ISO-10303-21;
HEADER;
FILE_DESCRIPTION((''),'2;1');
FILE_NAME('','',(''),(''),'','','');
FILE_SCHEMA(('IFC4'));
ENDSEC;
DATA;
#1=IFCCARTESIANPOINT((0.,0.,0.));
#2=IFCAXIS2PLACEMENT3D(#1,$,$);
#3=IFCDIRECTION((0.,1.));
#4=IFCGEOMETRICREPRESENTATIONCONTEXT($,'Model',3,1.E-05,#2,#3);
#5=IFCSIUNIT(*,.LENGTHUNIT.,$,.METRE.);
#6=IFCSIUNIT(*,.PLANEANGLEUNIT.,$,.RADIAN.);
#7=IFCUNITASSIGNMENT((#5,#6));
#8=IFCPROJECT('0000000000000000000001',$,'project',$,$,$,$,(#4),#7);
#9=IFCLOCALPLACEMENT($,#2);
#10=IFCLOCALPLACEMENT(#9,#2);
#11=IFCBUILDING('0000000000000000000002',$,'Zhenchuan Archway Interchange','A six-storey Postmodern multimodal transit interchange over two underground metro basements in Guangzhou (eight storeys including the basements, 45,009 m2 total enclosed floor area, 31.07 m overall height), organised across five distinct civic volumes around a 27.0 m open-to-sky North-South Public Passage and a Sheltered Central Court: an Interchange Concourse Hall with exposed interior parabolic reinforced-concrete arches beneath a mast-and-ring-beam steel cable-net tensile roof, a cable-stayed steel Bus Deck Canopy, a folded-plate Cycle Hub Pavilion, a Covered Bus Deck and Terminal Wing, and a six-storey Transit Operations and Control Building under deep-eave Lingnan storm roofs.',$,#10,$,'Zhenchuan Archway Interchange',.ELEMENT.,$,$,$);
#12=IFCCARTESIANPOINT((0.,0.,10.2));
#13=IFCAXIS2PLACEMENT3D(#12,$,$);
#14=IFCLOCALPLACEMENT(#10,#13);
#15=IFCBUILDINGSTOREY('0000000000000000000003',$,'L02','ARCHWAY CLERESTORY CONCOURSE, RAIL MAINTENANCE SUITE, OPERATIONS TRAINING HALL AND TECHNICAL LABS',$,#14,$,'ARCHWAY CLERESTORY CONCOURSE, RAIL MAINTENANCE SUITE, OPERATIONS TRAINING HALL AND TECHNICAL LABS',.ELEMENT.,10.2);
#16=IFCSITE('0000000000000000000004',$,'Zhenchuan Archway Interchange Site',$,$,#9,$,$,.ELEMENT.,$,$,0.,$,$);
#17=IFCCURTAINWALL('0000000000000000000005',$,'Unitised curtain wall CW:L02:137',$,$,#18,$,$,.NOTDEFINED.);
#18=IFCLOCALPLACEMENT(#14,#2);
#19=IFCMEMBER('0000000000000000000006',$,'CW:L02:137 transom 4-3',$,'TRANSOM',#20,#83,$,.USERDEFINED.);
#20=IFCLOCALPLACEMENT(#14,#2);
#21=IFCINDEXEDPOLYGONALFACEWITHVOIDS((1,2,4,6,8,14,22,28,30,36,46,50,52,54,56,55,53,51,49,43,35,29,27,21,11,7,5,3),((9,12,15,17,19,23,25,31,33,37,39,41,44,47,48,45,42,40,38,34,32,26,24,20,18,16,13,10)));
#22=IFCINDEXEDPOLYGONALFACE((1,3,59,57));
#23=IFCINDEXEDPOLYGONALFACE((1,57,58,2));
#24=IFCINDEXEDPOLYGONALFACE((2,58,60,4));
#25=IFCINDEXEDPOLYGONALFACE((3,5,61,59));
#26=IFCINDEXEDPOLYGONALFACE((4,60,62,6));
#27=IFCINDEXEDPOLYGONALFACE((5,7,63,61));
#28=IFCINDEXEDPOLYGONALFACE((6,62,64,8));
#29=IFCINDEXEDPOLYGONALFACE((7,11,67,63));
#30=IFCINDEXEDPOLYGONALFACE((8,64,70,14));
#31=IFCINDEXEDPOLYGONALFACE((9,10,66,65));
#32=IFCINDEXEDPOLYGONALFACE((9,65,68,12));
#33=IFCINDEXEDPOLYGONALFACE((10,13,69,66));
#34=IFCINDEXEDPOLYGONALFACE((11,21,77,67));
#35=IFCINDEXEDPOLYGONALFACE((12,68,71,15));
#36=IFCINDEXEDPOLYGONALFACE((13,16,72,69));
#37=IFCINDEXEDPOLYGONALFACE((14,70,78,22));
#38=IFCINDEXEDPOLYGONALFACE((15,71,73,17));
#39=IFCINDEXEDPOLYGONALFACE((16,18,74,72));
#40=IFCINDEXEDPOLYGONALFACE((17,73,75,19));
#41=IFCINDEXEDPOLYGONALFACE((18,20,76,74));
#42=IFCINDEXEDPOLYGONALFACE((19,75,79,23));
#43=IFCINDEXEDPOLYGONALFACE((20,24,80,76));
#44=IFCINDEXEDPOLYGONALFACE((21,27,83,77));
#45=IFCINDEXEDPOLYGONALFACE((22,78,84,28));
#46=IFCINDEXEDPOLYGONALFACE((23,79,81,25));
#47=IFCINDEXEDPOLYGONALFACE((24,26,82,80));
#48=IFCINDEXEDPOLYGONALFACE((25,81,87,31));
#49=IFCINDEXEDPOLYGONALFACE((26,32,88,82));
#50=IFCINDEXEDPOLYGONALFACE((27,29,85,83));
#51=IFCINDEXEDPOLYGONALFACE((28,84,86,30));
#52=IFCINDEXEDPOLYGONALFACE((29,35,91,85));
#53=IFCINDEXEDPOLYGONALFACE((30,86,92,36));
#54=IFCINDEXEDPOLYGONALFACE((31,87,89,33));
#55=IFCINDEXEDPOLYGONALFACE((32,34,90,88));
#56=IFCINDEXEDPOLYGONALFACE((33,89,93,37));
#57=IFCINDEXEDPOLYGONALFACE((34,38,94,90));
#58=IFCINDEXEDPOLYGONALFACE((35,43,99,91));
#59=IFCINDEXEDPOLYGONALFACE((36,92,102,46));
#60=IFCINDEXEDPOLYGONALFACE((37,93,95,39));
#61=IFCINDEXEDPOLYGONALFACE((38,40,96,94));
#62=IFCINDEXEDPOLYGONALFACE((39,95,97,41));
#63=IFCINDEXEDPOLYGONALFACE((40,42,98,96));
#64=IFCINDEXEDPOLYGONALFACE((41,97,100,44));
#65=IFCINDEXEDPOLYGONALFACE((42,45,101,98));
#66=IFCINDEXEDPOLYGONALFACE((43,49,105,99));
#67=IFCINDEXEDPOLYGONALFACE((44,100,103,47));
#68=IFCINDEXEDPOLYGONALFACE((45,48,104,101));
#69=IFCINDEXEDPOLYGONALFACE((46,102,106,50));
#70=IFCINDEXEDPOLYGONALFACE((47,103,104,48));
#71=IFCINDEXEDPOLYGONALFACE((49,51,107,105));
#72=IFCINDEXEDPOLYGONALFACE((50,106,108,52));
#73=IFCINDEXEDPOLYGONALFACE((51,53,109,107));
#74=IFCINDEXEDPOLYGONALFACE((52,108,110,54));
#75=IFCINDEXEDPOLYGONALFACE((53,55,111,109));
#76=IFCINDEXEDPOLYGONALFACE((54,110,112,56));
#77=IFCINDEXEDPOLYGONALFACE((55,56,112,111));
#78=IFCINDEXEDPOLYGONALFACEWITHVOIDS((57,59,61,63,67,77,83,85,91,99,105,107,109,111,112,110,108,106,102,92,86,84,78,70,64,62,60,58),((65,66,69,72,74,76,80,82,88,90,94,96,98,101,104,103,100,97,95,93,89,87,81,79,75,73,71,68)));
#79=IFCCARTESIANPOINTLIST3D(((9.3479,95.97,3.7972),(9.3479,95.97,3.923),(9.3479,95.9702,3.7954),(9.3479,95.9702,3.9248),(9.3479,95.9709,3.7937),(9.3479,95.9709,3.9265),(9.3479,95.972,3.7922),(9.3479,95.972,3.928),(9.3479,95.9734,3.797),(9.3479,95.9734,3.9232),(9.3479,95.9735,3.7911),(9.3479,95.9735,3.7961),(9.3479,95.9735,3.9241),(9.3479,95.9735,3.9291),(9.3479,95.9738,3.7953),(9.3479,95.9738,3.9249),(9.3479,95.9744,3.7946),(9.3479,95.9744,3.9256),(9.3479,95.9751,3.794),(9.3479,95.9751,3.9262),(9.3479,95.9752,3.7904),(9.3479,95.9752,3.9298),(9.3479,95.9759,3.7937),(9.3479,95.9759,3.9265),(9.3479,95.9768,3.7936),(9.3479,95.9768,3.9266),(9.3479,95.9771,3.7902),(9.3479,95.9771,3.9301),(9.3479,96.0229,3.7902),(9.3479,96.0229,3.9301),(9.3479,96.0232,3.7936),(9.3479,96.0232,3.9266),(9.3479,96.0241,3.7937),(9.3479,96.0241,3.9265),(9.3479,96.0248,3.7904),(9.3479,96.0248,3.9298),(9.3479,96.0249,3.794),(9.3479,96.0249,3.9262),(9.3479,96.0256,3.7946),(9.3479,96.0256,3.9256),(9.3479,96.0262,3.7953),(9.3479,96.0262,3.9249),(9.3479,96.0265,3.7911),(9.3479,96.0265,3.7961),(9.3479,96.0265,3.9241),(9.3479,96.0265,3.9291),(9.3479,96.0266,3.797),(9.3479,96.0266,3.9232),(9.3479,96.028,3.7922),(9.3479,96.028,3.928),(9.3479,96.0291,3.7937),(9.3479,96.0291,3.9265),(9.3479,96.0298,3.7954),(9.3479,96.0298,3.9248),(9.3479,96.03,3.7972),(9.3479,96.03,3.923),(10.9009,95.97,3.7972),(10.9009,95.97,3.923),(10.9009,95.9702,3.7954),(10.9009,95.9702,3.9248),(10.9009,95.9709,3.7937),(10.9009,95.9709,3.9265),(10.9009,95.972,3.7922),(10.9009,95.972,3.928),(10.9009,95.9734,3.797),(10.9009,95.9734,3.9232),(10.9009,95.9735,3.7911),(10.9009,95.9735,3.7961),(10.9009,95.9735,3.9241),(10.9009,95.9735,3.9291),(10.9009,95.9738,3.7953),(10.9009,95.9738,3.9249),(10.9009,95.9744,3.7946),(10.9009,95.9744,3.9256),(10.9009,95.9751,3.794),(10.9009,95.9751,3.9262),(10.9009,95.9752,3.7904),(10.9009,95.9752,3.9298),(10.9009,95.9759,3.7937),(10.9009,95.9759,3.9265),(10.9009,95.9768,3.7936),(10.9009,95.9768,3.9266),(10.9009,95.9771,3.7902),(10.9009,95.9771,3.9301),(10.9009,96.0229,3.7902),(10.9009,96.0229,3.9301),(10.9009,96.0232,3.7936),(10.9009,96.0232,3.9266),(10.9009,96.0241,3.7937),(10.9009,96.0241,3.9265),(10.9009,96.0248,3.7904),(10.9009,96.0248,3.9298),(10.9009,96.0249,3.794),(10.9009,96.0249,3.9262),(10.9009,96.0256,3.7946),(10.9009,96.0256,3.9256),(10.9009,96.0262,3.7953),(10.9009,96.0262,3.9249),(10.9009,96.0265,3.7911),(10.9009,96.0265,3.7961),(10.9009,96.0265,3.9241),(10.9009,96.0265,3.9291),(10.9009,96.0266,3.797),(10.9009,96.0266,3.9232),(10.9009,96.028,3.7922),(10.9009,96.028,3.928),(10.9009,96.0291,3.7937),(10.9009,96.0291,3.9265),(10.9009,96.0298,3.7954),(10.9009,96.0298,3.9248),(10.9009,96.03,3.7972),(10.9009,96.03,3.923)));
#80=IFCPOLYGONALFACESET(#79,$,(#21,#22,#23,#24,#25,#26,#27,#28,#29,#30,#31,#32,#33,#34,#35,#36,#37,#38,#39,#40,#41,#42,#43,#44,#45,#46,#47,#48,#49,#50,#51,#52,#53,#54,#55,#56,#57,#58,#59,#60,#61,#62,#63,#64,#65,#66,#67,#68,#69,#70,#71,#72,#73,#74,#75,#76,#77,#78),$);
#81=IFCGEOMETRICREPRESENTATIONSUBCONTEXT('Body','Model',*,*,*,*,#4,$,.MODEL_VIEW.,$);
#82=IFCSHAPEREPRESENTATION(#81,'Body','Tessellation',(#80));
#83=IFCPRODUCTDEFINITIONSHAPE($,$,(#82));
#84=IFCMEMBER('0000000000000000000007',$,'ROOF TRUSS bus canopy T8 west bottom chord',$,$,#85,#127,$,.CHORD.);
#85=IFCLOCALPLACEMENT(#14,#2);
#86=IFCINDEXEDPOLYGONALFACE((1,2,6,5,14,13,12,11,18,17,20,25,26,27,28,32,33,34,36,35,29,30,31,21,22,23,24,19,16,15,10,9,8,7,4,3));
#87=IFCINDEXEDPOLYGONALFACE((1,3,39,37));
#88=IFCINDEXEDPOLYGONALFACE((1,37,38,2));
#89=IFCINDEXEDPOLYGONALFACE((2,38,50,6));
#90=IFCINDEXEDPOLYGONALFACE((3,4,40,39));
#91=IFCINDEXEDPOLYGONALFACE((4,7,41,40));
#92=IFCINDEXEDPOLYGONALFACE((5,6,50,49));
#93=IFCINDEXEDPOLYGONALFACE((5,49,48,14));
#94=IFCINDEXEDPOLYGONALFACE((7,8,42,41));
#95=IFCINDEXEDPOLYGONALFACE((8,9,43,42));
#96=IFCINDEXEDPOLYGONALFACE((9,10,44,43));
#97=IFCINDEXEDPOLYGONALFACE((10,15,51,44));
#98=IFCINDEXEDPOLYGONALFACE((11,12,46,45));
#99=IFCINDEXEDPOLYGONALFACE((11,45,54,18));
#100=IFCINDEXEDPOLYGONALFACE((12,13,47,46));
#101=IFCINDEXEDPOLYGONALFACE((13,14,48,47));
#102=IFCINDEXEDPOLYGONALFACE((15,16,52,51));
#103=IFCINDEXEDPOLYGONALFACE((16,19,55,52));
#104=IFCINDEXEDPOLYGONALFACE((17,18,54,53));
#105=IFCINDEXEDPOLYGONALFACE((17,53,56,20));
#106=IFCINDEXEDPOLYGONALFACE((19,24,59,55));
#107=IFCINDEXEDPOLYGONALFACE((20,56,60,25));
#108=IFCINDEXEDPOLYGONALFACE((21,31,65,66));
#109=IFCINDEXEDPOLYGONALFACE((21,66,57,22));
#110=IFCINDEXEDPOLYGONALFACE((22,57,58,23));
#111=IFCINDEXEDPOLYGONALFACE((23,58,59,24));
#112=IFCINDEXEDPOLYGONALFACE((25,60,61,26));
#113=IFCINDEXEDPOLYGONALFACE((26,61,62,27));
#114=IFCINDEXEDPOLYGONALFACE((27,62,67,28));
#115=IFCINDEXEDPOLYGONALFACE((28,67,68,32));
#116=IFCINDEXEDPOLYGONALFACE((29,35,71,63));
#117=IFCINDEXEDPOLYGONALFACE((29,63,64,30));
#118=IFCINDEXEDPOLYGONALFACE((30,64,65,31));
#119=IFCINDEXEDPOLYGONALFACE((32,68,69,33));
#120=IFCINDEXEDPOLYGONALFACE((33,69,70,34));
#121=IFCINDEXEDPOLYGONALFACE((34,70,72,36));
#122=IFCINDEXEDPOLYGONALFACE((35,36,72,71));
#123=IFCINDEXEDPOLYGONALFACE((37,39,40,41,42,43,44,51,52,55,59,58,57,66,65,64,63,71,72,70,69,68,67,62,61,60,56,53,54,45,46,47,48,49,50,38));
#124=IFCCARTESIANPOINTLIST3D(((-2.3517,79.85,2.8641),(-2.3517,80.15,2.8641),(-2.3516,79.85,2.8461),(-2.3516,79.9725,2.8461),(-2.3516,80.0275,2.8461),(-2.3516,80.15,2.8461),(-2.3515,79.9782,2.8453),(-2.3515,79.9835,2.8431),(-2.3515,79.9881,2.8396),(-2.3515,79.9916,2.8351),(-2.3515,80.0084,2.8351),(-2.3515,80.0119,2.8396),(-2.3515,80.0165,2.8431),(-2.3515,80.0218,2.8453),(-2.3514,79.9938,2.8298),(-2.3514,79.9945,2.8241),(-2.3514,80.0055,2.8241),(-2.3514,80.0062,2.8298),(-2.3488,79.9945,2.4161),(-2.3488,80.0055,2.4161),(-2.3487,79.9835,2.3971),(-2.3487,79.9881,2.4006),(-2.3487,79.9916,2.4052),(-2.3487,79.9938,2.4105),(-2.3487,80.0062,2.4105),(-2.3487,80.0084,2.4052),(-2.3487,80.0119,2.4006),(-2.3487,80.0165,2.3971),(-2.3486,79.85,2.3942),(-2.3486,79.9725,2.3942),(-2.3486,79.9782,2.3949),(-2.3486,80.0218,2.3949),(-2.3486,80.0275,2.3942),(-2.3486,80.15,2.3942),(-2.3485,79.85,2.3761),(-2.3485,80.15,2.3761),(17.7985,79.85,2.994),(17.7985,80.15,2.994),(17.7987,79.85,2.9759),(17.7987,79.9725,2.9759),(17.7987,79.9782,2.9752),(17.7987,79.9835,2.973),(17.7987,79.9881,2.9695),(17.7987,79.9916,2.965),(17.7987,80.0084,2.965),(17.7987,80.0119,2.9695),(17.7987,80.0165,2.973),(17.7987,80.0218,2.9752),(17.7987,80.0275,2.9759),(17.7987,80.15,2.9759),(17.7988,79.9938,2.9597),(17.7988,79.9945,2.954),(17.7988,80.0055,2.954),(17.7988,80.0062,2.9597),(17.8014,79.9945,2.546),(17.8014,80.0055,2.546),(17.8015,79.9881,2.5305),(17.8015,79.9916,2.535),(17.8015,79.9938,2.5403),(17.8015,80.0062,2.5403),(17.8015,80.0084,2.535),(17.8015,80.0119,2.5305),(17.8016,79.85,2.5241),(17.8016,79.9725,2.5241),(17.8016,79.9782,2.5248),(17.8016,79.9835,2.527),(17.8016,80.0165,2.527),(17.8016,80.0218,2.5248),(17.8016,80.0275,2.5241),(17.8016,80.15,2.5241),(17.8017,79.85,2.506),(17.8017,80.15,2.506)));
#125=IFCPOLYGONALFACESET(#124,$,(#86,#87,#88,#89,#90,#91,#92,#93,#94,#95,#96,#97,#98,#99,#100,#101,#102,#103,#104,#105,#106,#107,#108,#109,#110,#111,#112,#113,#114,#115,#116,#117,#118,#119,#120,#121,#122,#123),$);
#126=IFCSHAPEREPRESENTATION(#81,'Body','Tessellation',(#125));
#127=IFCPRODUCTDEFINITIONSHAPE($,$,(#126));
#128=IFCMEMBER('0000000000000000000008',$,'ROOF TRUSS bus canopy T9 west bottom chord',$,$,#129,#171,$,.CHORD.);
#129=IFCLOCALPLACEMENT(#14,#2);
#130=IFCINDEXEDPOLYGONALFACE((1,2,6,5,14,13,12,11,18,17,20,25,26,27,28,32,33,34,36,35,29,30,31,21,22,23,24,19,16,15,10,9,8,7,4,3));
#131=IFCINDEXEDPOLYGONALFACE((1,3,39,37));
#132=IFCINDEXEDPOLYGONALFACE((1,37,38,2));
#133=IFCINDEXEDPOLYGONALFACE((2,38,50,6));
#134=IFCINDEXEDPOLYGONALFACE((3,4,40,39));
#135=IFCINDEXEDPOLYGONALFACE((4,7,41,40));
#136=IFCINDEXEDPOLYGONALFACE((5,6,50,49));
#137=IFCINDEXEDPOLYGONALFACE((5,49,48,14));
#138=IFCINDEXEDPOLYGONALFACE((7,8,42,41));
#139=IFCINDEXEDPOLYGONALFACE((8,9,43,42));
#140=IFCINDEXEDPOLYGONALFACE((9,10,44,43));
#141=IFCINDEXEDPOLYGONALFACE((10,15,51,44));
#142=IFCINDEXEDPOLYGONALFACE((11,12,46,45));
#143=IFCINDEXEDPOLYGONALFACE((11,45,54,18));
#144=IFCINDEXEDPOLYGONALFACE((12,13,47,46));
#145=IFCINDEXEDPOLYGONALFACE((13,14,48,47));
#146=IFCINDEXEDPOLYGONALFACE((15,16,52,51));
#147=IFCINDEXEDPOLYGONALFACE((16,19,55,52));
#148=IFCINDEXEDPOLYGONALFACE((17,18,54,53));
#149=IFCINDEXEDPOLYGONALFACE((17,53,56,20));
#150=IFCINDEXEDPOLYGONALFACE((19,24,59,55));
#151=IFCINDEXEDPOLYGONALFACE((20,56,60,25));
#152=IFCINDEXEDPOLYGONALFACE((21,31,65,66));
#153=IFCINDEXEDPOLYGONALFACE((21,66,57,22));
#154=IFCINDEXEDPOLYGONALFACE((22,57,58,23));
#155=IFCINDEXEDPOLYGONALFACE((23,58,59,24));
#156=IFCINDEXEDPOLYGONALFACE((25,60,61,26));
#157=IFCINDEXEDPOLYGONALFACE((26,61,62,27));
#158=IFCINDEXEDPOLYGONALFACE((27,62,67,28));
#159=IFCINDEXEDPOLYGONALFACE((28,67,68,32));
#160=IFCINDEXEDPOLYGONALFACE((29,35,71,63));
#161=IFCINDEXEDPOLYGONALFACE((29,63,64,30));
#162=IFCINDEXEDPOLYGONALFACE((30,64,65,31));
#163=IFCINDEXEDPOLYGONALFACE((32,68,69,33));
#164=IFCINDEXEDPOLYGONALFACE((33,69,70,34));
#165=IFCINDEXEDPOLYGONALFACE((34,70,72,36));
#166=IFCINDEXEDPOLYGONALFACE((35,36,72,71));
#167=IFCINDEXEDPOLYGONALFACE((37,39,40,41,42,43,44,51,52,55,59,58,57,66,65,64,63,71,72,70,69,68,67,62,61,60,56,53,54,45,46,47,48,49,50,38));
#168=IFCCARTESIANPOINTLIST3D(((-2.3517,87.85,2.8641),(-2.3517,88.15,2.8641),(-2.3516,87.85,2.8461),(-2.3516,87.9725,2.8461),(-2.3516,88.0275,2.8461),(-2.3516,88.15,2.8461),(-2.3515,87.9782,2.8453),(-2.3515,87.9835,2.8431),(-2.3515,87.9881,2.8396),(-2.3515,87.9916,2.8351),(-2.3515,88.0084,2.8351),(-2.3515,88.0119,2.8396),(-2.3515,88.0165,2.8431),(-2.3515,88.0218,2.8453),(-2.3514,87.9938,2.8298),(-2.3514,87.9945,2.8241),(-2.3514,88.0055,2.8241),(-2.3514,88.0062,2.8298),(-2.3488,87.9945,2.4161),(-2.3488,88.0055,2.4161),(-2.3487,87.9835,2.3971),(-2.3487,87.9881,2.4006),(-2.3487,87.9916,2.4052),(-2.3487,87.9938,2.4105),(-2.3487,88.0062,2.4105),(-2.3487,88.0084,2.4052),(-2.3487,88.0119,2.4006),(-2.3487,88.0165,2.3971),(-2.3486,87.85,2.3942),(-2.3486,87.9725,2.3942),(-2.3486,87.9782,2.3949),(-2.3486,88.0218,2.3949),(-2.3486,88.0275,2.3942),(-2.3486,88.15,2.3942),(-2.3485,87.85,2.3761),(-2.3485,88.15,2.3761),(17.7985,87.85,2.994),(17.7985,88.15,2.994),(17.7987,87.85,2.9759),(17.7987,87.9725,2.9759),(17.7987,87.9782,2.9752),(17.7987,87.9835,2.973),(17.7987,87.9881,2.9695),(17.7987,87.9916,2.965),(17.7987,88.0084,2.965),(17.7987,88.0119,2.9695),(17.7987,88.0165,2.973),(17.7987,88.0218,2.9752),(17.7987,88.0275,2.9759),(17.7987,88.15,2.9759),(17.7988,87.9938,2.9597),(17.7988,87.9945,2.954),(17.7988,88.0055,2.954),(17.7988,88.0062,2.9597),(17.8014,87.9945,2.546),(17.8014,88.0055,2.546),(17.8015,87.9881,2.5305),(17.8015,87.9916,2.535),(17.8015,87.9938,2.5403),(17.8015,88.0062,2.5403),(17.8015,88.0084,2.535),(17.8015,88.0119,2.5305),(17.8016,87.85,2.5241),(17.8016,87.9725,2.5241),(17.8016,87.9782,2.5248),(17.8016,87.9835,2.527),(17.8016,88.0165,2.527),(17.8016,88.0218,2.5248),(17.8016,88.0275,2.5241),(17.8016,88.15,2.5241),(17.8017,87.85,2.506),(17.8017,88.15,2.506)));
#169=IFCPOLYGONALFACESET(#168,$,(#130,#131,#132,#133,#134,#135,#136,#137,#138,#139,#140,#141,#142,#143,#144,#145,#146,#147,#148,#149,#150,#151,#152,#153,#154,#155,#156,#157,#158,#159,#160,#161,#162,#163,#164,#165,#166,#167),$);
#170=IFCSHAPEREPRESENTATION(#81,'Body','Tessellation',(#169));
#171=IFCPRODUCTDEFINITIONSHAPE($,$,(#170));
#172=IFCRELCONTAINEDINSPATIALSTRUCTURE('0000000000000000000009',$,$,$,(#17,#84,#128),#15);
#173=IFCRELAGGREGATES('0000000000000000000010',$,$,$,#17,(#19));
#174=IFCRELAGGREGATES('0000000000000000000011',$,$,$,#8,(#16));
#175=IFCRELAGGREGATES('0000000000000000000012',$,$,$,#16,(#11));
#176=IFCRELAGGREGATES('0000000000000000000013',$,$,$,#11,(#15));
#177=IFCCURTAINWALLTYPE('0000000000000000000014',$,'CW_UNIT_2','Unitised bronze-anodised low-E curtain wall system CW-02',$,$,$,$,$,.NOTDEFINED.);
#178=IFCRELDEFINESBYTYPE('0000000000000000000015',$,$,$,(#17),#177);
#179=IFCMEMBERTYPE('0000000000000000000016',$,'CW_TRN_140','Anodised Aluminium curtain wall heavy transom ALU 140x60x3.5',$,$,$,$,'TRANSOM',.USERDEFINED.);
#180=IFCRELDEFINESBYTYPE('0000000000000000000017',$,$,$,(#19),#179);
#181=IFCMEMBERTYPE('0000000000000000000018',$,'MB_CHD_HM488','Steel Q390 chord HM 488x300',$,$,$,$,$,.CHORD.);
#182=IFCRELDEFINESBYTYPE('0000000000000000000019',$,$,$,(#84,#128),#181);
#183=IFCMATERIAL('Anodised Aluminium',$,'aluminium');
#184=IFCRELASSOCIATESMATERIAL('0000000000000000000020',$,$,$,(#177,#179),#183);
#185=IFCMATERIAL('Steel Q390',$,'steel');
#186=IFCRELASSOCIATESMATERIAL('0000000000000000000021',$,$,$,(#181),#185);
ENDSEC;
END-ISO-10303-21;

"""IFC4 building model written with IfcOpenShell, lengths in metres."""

from ifc_helpers import new_model, si_unit, direction, frame, origin, origin_2d, place, context, subcontext, project, spatial, hollow_rectangle, i_section, extrude, material, material_profile, profile_set, type_object, element, aggregate, save


model = new_model("IFC4")

# Units and contexts
model_context = context("Model", 3, precision=1e-05, world=origin(), true_north=direction((0.0, 1.0)))
body_context = subcontext(model_context, "Body", "Model", "MODEL_VIEW")
ifc_project = project(units=[si_unit("LENGTHUNIT", "METRE"), si_unit("PLANEANGLEUNIT", "RADIAN")], contexts=[model_context])

# Site, building, storey
site_placement = place(None, origin())
site = spatial("IfcSite", under=ifc_project, at=site_placement, Name="Zhenchuan Archway Interchange Site", CompositionType="ELEMENT", RefElevation=0.0)
building_placement = place(site_placement, origin())
building = spatial("IfcBuilding", under=site, at=building_placement, Name="Zhenchuan Archway Interchange", Description="A six-storey Postmodern multimodal transit interchange over two underground metro basements in Guangzhou (eight storeys including the basements, 45,009 m2 total enclosed floor area, 31.07 m overall height), organised across five distinct civic volumes around a 27.0 m open-to-sky North-South Public Passage and a Sheltered Central Court: an Interchange Concourse Hall with exposed interior parabolic reinforced-concrete arches beneath a mast-and-ring-beam steel cable-net tensile roof, a cable-stayed steel Bus Deck Canopy, a folded-plate Cycle Hub Pavilion, a Covered Bus Deck and Terminal Wing, and a six-storey Transit Operations and Control Building under deep-eave Lingnan storm roofs.", LongName="Zhenchuan Archway Interchange", CompositionType="ELEMENT")
storey_placement = place(building_placement, frame((0.0, 0.0, 10.2)))
storey = spatial("IfcBuildingStorey", under=building, at=storey_placement, Name="L02", Description="ARCHWAY CLERESTORY CONCOURSE, RAIL MAINTENANCE SUITE, OPERATIONS TRAINING HALL AND TECHNICAL LABS", LongName="ARCHWAY CLERESTORY CONCOURSE, RAIL MAINTENANCE SUITE, OPERATIONS TRAINING HALL AND TECHNICAL LABS", CompositionType="ELEMENT", Elevation=10.2)

# Shared definitions
ifc_material_1 = material(Name="Steel Q390", Category="steel")

# Curtain wall, member
ifc_material_2 = material(Name="Anodised Aluminium", Category="aluminium")
curtain_wall_type = type_object("IfcCurtainWallType", Name="CW_UNIT_2", Description="Unitised bronze-anodised low-E curtain wall system CW-02", PredefinedType="NOTDEFINED", material=ifc_material_2)
curtain_wall_placement = place(storey_placement, origin())
curtain_wall = element("IfcCurtainWall", 1, at=curtain_wall_placement, inside=storey, type_object=curtain_wall_type, Name="Unitised curtain wall CW:L02:137", PredefinedType="NOTDEFINED")
ifc_material_profile_1 = material_profile(ifc_material_2, hollow_rectangle(XDim=0.0601, YDim=0.1399, WallThickness=0.0034, InnerFilletRadius=0.0034, OuterFilletRadius=0.0071, at=origin_2d()), Name="ALU 140x60x3.5")
ifc_profile_set_1 = profile_set([ifc_material_profile_1], Name="Anodised Aluminium")
member_type_1 = type_object("IfcMemberType", Name="CW_TRN_140", Description="Anodised Aluminium curtain wall heavy transom ALU 140x60x3.5", ElementType="TRANSOM", PredefinedType="USERDEFINED", material=ifc_profile_set_1)
member_1_placement = place(storey_placement, frame((10.9009, 96.0, 3.8601), z_axis=(-1.0, 0.0, 0.0), x_axis=(0.0, -1.0, 0.0)))
member_1 = element("IfcMember", 2, at=member_1_placement, type_object=member_type_1, Name="CW:L02:137 transom 4-3", ObjectType="TRANSOM", PredefinedType="USERDEFINED", context=body_context, shape_type="SweptSolid", body=[
    extrude(hollow_rectangle(XDim=0.0601, YDim=0.1399, WallThickness=0.0034, InnerFilletRadius=0.0034, OuterFilletRadius=0.0071, at=origin_2d()), origin(), (0.0, 0.0, 1.0), 1.553),
])

# Members
ifc_material_profile_2 = material_profile(ifc_material_1, i_section(OverallWidth=0.3, OverallDepth=0.488, WebThickness=0.011, FlangeThickness=0.0181, FilletRadius=0.022, at=origin_2d()), Name="HM 488x300")
ifc_profile_set_2 = profile_set([ifc_material_profile_2], Name="Steel Q390")
member_type_2 = type_object("IfcMemberType", Name="MB_CHD_HM488", Description="Steel Q390 chord HM 488x300", PredefinedType="CHORD", material=ifc_profile_set_2)
for number, where, z_axis, x_axis, name in (
    (3, (-2.3501, 80.0, 2.6201), (0.999979, 0.0, 0.006446), (0.0, 1.0, 0.0), "ROOF TRUSS bus canopy T8 west bottom chord"),
    (4, (-2.3501, 88.0, 2.6201), (0.999979, 0.0, 0.006446), (0.0, 1.0, 0.0), "ROOF TRUSS bus canopy T9 west bottom chord"),
):
    element("IfcMember", number, at=place(storey_placement, frame(where, z_axis=z_axis, x_axis=x_axis)), inside=storey, type_object=member_type_2, Name=name, PredefinedType="CHORD", context=body_context, shape_type="SweptSolid", body=[
        extrude(i_section(OverallWidth=0.3, OverallDepth=0.488, WebThickness=0.011, FlangeThickness=0.0181, FilletRadius=0.022, at=origin_2d()), origin(), (0.0, 0.0, 1.0), 20.1506),
    ])

aggregate(curtain_wall, [member_1])

save(model, "model.ifc")
